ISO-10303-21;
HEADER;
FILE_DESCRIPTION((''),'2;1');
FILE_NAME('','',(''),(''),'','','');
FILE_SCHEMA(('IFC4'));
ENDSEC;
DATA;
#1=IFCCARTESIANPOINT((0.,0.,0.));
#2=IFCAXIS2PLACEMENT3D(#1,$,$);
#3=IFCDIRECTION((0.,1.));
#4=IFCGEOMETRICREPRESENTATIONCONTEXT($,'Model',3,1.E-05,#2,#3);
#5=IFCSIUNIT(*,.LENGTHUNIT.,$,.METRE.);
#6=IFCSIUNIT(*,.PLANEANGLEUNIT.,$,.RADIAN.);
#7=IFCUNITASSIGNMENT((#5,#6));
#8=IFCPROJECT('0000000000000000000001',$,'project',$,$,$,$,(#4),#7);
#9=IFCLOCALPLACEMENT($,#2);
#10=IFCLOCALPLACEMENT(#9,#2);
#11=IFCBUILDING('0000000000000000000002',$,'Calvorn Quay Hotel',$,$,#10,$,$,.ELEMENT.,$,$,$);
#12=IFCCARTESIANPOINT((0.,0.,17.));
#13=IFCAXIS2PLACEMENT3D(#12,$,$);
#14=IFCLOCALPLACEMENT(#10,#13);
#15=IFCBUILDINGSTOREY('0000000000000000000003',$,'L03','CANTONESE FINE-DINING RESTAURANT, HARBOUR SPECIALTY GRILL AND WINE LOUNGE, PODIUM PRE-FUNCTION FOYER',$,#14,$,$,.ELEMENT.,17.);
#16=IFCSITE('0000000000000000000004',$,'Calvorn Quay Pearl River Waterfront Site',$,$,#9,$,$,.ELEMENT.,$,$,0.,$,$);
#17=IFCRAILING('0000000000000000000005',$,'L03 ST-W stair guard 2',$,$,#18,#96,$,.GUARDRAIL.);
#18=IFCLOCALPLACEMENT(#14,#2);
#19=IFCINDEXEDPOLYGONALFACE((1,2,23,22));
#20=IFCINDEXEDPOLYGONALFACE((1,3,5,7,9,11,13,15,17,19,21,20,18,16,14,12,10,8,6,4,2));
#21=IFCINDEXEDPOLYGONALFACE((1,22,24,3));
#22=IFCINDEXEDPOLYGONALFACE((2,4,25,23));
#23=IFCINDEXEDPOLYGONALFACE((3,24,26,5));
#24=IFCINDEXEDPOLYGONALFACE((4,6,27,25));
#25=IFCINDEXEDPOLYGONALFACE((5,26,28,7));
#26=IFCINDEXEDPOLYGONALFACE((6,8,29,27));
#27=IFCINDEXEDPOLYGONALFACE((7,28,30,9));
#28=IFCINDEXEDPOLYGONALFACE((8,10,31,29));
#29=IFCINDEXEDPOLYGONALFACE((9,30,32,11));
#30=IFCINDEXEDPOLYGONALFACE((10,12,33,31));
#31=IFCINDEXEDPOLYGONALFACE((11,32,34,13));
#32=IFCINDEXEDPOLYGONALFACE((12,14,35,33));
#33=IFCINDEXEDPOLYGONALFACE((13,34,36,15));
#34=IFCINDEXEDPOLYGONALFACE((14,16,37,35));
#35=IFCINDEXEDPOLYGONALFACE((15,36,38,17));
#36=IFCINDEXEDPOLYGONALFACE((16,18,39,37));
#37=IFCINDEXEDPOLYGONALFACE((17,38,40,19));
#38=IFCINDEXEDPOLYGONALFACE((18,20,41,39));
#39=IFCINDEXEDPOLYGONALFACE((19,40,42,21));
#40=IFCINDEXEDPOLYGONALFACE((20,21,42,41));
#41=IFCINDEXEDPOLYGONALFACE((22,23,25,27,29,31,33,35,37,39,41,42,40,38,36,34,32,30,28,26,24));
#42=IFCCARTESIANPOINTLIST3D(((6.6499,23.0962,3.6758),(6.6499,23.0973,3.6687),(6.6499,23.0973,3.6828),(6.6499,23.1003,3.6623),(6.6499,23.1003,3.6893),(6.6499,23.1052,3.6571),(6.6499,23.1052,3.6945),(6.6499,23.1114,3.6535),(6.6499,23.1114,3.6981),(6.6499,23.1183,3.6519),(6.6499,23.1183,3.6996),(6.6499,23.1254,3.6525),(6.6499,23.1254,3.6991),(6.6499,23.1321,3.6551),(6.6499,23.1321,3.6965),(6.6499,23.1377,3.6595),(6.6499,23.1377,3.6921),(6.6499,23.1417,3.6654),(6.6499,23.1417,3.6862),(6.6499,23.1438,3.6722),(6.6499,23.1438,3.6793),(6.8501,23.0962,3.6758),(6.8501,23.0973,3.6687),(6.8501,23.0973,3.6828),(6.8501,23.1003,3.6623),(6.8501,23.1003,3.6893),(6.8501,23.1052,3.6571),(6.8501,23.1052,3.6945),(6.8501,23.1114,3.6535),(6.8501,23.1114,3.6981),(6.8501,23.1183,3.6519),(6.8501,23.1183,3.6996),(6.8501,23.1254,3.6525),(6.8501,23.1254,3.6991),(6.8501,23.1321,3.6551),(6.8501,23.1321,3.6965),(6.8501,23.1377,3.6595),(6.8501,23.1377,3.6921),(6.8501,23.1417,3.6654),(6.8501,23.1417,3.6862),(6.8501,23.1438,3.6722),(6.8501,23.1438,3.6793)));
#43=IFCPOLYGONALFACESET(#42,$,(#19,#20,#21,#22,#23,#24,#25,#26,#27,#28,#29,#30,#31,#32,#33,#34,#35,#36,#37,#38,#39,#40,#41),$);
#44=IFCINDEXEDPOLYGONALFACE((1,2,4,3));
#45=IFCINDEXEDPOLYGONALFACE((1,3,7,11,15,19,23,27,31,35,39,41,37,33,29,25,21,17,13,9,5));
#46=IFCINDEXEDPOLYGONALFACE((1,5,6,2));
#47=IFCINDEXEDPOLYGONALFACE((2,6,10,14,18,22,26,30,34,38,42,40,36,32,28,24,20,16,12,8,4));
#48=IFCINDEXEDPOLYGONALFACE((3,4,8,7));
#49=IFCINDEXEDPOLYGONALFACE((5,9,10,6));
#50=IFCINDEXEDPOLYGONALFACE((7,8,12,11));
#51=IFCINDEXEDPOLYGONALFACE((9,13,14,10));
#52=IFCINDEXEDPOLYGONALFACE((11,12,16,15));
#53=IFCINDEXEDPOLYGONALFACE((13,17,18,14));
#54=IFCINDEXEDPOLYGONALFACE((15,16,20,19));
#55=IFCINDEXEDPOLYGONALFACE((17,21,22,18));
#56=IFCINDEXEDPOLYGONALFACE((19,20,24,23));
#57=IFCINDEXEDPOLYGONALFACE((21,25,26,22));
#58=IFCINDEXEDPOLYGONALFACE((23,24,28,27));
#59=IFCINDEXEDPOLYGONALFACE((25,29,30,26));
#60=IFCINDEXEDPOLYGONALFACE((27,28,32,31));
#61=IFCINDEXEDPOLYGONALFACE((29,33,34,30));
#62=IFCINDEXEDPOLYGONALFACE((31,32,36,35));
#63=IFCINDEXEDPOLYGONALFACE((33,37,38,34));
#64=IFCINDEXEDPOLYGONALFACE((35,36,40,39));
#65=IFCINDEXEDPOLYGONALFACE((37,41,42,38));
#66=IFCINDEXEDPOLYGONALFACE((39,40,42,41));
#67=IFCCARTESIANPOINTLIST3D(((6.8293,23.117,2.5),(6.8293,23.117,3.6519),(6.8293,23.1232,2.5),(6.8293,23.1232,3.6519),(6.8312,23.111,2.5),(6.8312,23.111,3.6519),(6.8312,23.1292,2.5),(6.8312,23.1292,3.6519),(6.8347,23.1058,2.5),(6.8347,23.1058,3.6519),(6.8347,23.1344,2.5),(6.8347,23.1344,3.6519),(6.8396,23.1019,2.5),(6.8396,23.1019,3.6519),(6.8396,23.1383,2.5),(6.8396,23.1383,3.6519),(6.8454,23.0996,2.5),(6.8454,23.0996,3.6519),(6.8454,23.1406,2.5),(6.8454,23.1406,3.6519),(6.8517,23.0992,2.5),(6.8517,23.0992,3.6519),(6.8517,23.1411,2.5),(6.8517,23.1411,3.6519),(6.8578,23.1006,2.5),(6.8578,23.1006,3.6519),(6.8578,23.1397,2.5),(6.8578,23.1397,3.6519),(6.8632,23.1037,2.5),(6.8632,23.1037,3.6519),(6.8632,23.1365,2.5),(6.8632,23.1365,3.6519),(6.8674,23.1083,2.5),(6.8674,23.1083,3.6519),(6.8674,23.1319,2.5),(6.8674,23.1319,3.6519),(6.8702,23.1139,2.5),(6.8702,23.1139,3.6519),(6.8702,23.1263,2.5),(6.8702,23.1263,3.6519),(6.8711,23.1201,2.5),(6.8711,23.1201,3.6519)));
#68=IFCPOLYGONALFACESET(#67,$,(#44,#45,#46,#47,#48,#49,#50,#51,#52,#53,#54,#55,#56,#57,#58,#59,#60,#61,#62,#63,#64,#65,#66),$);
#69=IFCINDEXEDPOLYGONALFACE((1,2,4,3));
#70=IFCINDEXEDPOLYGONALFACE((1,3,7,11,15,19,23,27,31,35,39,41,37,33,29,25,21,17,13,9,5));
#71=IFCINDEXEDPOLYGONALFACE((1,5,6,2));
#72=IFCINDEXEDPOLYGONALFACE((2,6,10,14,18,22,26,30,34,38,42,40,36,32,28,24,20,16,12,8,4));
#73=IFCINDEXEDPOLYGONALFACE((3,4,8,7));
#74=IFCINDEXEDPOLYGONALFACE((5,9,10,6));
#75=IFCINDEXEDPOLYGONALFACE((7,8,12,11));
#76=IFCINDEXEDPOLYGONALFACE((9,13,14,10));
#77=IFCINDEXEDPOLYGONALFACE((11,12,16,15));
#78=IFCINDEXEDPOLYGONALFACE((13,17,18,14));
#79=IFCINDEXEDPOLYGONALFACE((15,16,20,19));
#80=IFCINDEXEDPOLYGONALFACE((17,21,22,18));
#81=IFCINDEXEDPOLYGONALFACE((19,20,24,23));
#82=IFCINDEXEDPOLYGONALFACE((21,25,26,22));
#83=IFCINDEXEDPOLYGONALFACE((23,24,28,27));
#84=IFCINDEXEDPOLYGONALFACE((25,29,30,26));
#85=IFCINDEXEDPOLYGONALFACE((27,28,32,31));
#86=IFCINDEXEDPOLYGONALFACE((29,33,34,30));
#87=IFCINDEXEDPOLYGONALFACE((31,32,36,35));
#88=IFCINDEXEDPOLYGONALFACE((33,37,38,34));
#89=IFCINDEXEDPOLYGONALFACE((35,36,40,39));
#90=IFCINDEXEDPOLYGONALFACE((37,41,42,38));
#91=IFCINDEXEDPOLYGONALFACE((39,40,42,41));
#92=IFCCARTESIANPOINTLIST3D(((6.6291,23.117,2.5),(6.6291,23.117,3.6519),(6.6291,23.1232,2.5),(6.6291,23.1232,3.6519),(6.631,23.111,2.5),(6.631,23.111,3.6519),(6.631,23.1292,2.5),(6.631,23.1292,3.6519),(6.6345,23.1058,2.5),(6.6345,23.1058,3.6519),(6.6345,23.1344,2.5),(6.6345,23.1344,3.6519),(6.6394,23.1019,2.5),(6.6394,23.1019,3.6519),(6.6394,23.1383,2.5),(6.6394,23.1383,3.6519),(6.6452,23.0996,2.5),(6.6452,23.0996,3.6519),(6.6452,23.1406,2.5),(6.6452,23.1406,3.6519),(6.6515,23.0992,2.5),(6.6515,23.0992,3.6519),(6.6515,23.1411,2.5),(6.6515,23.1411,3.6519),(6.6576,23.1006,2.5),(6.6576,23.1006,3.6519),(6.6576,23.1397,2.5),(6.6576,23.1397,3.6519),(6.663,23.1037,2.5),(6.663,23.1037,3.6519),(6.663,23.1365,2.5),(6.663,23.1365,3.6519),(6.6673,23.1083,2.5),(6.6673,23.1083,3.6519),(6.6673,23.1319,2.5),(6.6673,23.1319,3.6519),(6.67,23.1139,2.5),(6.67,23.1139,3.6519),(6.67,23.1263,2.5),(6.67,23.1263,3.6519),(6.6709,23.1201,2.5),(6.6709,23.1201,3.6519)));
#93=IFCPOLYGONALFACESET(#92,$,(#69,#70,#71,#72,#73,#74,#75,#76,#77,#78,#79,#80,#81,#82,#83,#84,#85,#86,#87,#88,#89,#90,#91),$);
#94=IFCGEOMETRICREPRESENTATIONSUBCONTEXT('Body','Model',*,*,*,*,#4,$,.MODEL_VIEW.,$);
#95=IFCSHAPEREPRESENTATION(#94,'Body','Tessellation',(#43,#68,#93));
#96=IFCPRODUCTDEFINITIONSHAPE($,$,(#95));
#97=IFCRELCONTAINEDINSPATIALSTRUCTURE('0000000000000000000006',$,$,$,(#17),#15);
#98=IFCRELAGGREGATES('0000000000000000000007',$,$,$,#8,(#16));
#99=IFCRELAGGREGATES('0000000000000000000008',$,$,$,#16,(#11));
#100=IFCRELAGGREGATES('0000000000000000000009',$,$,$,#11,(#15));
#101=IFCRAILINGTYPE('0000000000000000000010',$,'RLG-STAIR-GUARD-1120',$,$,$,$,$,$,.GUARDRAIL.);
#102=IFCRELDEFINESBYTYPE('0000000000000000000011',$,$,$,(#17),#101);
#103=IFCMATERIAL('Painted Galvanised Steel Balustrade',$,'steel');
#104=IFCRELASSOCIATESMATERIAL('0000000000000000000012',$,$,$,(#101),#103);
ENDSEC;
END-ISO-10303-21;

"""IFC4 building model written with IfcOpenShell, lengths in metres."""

from ifc_helpers import new_model, si_unit, direction, frame, origin, origin_2d, place, context, subcontext, project, spatial, circle, extrude, material, type_object, element, save


model = new_model("IFC4")

# Units and contexts
model_context = context("Model", 3, precision=1e-05, world=origin(), true_north=direction((0.0, 1.0)))
body_context = subcontext(model_context, "Body", "Model", "MODEL_VIEW")
ifc_project = project(units=[si_unit("LENGTHUNIT", "METRE"), si_unit("PLANEANGLEUNIT", "RADIAN")], contexts=[model_context])

# Site, building, storey
site_placement = place(None, origin())
site = spatial("IfcSite", under=ifc_project, at=site_placement, Name="Calvorn Quay Pearl River Waterfront Site", CompositionType="ELEMENT", RefElevation=0.0)
building_placement = place(site_placement, origin())
building = spatial("IfcBuilding", under=site, at=building_placement, Name="Calvorn Quay Hotel", CompositionType="ELEMENT")
storey_placement = place(building_placement, frame((0.0, 0.0, 17.0)))
storey = spatial("IfcBuildingStorey", under=building, at=storey_placement, Name="L03", Description="CANTONESE FINE-DINING RESTAURANT, HARBOUR SPECIALTY GRILL AND WINE LOUNGE, PODIUM PRE-FUNCTION FOYER", CompositionType="ELEMENT", Elevation=17.0)

# Railing
ifc_material_1 = material(Name="Painted Galvanised Steel Balustrade", Category="steel")
railing_type_1 = type_object("IfcRailingType", Name="RLG-STAIR-GUARD-1120", PredefinedType="GUARDRAIL", material=ifc_material_1)
railing_1_placement = place(storey_placement, frame((6.8501, 23.1201, 2.5)))
element("IfcRailing", 1, at=railing_1_placement, inside=storey, type_object=railing_type_1, Name="L03 ST-W stair guard 2", PredefinedType="GUARDRAIL", context=body_context, shape_type="SweptSolid", body=[
    extrude(circle(Radius=0.0239, at=origin_2d()), frame((0.0, 0.0, 1.1758), z_axis=(-1.0, 0.0, 0.0), x_axis=(0.0, -1.0, 0.0)), (0.0, 0.0, 1.0), 0.2002),
    extrude(circle(Radius=0.021, at=origin_2d()), origin(), (0.0, 0.0, 1.0), 1.1519),
    extrude(circle(Radius=0.021, at=origin_2d()), frame((-0.2002, 0.0, 0.0)), (0.0, 0.0, 1.0), 1.1519),
])

save(model, "model.ifc")
